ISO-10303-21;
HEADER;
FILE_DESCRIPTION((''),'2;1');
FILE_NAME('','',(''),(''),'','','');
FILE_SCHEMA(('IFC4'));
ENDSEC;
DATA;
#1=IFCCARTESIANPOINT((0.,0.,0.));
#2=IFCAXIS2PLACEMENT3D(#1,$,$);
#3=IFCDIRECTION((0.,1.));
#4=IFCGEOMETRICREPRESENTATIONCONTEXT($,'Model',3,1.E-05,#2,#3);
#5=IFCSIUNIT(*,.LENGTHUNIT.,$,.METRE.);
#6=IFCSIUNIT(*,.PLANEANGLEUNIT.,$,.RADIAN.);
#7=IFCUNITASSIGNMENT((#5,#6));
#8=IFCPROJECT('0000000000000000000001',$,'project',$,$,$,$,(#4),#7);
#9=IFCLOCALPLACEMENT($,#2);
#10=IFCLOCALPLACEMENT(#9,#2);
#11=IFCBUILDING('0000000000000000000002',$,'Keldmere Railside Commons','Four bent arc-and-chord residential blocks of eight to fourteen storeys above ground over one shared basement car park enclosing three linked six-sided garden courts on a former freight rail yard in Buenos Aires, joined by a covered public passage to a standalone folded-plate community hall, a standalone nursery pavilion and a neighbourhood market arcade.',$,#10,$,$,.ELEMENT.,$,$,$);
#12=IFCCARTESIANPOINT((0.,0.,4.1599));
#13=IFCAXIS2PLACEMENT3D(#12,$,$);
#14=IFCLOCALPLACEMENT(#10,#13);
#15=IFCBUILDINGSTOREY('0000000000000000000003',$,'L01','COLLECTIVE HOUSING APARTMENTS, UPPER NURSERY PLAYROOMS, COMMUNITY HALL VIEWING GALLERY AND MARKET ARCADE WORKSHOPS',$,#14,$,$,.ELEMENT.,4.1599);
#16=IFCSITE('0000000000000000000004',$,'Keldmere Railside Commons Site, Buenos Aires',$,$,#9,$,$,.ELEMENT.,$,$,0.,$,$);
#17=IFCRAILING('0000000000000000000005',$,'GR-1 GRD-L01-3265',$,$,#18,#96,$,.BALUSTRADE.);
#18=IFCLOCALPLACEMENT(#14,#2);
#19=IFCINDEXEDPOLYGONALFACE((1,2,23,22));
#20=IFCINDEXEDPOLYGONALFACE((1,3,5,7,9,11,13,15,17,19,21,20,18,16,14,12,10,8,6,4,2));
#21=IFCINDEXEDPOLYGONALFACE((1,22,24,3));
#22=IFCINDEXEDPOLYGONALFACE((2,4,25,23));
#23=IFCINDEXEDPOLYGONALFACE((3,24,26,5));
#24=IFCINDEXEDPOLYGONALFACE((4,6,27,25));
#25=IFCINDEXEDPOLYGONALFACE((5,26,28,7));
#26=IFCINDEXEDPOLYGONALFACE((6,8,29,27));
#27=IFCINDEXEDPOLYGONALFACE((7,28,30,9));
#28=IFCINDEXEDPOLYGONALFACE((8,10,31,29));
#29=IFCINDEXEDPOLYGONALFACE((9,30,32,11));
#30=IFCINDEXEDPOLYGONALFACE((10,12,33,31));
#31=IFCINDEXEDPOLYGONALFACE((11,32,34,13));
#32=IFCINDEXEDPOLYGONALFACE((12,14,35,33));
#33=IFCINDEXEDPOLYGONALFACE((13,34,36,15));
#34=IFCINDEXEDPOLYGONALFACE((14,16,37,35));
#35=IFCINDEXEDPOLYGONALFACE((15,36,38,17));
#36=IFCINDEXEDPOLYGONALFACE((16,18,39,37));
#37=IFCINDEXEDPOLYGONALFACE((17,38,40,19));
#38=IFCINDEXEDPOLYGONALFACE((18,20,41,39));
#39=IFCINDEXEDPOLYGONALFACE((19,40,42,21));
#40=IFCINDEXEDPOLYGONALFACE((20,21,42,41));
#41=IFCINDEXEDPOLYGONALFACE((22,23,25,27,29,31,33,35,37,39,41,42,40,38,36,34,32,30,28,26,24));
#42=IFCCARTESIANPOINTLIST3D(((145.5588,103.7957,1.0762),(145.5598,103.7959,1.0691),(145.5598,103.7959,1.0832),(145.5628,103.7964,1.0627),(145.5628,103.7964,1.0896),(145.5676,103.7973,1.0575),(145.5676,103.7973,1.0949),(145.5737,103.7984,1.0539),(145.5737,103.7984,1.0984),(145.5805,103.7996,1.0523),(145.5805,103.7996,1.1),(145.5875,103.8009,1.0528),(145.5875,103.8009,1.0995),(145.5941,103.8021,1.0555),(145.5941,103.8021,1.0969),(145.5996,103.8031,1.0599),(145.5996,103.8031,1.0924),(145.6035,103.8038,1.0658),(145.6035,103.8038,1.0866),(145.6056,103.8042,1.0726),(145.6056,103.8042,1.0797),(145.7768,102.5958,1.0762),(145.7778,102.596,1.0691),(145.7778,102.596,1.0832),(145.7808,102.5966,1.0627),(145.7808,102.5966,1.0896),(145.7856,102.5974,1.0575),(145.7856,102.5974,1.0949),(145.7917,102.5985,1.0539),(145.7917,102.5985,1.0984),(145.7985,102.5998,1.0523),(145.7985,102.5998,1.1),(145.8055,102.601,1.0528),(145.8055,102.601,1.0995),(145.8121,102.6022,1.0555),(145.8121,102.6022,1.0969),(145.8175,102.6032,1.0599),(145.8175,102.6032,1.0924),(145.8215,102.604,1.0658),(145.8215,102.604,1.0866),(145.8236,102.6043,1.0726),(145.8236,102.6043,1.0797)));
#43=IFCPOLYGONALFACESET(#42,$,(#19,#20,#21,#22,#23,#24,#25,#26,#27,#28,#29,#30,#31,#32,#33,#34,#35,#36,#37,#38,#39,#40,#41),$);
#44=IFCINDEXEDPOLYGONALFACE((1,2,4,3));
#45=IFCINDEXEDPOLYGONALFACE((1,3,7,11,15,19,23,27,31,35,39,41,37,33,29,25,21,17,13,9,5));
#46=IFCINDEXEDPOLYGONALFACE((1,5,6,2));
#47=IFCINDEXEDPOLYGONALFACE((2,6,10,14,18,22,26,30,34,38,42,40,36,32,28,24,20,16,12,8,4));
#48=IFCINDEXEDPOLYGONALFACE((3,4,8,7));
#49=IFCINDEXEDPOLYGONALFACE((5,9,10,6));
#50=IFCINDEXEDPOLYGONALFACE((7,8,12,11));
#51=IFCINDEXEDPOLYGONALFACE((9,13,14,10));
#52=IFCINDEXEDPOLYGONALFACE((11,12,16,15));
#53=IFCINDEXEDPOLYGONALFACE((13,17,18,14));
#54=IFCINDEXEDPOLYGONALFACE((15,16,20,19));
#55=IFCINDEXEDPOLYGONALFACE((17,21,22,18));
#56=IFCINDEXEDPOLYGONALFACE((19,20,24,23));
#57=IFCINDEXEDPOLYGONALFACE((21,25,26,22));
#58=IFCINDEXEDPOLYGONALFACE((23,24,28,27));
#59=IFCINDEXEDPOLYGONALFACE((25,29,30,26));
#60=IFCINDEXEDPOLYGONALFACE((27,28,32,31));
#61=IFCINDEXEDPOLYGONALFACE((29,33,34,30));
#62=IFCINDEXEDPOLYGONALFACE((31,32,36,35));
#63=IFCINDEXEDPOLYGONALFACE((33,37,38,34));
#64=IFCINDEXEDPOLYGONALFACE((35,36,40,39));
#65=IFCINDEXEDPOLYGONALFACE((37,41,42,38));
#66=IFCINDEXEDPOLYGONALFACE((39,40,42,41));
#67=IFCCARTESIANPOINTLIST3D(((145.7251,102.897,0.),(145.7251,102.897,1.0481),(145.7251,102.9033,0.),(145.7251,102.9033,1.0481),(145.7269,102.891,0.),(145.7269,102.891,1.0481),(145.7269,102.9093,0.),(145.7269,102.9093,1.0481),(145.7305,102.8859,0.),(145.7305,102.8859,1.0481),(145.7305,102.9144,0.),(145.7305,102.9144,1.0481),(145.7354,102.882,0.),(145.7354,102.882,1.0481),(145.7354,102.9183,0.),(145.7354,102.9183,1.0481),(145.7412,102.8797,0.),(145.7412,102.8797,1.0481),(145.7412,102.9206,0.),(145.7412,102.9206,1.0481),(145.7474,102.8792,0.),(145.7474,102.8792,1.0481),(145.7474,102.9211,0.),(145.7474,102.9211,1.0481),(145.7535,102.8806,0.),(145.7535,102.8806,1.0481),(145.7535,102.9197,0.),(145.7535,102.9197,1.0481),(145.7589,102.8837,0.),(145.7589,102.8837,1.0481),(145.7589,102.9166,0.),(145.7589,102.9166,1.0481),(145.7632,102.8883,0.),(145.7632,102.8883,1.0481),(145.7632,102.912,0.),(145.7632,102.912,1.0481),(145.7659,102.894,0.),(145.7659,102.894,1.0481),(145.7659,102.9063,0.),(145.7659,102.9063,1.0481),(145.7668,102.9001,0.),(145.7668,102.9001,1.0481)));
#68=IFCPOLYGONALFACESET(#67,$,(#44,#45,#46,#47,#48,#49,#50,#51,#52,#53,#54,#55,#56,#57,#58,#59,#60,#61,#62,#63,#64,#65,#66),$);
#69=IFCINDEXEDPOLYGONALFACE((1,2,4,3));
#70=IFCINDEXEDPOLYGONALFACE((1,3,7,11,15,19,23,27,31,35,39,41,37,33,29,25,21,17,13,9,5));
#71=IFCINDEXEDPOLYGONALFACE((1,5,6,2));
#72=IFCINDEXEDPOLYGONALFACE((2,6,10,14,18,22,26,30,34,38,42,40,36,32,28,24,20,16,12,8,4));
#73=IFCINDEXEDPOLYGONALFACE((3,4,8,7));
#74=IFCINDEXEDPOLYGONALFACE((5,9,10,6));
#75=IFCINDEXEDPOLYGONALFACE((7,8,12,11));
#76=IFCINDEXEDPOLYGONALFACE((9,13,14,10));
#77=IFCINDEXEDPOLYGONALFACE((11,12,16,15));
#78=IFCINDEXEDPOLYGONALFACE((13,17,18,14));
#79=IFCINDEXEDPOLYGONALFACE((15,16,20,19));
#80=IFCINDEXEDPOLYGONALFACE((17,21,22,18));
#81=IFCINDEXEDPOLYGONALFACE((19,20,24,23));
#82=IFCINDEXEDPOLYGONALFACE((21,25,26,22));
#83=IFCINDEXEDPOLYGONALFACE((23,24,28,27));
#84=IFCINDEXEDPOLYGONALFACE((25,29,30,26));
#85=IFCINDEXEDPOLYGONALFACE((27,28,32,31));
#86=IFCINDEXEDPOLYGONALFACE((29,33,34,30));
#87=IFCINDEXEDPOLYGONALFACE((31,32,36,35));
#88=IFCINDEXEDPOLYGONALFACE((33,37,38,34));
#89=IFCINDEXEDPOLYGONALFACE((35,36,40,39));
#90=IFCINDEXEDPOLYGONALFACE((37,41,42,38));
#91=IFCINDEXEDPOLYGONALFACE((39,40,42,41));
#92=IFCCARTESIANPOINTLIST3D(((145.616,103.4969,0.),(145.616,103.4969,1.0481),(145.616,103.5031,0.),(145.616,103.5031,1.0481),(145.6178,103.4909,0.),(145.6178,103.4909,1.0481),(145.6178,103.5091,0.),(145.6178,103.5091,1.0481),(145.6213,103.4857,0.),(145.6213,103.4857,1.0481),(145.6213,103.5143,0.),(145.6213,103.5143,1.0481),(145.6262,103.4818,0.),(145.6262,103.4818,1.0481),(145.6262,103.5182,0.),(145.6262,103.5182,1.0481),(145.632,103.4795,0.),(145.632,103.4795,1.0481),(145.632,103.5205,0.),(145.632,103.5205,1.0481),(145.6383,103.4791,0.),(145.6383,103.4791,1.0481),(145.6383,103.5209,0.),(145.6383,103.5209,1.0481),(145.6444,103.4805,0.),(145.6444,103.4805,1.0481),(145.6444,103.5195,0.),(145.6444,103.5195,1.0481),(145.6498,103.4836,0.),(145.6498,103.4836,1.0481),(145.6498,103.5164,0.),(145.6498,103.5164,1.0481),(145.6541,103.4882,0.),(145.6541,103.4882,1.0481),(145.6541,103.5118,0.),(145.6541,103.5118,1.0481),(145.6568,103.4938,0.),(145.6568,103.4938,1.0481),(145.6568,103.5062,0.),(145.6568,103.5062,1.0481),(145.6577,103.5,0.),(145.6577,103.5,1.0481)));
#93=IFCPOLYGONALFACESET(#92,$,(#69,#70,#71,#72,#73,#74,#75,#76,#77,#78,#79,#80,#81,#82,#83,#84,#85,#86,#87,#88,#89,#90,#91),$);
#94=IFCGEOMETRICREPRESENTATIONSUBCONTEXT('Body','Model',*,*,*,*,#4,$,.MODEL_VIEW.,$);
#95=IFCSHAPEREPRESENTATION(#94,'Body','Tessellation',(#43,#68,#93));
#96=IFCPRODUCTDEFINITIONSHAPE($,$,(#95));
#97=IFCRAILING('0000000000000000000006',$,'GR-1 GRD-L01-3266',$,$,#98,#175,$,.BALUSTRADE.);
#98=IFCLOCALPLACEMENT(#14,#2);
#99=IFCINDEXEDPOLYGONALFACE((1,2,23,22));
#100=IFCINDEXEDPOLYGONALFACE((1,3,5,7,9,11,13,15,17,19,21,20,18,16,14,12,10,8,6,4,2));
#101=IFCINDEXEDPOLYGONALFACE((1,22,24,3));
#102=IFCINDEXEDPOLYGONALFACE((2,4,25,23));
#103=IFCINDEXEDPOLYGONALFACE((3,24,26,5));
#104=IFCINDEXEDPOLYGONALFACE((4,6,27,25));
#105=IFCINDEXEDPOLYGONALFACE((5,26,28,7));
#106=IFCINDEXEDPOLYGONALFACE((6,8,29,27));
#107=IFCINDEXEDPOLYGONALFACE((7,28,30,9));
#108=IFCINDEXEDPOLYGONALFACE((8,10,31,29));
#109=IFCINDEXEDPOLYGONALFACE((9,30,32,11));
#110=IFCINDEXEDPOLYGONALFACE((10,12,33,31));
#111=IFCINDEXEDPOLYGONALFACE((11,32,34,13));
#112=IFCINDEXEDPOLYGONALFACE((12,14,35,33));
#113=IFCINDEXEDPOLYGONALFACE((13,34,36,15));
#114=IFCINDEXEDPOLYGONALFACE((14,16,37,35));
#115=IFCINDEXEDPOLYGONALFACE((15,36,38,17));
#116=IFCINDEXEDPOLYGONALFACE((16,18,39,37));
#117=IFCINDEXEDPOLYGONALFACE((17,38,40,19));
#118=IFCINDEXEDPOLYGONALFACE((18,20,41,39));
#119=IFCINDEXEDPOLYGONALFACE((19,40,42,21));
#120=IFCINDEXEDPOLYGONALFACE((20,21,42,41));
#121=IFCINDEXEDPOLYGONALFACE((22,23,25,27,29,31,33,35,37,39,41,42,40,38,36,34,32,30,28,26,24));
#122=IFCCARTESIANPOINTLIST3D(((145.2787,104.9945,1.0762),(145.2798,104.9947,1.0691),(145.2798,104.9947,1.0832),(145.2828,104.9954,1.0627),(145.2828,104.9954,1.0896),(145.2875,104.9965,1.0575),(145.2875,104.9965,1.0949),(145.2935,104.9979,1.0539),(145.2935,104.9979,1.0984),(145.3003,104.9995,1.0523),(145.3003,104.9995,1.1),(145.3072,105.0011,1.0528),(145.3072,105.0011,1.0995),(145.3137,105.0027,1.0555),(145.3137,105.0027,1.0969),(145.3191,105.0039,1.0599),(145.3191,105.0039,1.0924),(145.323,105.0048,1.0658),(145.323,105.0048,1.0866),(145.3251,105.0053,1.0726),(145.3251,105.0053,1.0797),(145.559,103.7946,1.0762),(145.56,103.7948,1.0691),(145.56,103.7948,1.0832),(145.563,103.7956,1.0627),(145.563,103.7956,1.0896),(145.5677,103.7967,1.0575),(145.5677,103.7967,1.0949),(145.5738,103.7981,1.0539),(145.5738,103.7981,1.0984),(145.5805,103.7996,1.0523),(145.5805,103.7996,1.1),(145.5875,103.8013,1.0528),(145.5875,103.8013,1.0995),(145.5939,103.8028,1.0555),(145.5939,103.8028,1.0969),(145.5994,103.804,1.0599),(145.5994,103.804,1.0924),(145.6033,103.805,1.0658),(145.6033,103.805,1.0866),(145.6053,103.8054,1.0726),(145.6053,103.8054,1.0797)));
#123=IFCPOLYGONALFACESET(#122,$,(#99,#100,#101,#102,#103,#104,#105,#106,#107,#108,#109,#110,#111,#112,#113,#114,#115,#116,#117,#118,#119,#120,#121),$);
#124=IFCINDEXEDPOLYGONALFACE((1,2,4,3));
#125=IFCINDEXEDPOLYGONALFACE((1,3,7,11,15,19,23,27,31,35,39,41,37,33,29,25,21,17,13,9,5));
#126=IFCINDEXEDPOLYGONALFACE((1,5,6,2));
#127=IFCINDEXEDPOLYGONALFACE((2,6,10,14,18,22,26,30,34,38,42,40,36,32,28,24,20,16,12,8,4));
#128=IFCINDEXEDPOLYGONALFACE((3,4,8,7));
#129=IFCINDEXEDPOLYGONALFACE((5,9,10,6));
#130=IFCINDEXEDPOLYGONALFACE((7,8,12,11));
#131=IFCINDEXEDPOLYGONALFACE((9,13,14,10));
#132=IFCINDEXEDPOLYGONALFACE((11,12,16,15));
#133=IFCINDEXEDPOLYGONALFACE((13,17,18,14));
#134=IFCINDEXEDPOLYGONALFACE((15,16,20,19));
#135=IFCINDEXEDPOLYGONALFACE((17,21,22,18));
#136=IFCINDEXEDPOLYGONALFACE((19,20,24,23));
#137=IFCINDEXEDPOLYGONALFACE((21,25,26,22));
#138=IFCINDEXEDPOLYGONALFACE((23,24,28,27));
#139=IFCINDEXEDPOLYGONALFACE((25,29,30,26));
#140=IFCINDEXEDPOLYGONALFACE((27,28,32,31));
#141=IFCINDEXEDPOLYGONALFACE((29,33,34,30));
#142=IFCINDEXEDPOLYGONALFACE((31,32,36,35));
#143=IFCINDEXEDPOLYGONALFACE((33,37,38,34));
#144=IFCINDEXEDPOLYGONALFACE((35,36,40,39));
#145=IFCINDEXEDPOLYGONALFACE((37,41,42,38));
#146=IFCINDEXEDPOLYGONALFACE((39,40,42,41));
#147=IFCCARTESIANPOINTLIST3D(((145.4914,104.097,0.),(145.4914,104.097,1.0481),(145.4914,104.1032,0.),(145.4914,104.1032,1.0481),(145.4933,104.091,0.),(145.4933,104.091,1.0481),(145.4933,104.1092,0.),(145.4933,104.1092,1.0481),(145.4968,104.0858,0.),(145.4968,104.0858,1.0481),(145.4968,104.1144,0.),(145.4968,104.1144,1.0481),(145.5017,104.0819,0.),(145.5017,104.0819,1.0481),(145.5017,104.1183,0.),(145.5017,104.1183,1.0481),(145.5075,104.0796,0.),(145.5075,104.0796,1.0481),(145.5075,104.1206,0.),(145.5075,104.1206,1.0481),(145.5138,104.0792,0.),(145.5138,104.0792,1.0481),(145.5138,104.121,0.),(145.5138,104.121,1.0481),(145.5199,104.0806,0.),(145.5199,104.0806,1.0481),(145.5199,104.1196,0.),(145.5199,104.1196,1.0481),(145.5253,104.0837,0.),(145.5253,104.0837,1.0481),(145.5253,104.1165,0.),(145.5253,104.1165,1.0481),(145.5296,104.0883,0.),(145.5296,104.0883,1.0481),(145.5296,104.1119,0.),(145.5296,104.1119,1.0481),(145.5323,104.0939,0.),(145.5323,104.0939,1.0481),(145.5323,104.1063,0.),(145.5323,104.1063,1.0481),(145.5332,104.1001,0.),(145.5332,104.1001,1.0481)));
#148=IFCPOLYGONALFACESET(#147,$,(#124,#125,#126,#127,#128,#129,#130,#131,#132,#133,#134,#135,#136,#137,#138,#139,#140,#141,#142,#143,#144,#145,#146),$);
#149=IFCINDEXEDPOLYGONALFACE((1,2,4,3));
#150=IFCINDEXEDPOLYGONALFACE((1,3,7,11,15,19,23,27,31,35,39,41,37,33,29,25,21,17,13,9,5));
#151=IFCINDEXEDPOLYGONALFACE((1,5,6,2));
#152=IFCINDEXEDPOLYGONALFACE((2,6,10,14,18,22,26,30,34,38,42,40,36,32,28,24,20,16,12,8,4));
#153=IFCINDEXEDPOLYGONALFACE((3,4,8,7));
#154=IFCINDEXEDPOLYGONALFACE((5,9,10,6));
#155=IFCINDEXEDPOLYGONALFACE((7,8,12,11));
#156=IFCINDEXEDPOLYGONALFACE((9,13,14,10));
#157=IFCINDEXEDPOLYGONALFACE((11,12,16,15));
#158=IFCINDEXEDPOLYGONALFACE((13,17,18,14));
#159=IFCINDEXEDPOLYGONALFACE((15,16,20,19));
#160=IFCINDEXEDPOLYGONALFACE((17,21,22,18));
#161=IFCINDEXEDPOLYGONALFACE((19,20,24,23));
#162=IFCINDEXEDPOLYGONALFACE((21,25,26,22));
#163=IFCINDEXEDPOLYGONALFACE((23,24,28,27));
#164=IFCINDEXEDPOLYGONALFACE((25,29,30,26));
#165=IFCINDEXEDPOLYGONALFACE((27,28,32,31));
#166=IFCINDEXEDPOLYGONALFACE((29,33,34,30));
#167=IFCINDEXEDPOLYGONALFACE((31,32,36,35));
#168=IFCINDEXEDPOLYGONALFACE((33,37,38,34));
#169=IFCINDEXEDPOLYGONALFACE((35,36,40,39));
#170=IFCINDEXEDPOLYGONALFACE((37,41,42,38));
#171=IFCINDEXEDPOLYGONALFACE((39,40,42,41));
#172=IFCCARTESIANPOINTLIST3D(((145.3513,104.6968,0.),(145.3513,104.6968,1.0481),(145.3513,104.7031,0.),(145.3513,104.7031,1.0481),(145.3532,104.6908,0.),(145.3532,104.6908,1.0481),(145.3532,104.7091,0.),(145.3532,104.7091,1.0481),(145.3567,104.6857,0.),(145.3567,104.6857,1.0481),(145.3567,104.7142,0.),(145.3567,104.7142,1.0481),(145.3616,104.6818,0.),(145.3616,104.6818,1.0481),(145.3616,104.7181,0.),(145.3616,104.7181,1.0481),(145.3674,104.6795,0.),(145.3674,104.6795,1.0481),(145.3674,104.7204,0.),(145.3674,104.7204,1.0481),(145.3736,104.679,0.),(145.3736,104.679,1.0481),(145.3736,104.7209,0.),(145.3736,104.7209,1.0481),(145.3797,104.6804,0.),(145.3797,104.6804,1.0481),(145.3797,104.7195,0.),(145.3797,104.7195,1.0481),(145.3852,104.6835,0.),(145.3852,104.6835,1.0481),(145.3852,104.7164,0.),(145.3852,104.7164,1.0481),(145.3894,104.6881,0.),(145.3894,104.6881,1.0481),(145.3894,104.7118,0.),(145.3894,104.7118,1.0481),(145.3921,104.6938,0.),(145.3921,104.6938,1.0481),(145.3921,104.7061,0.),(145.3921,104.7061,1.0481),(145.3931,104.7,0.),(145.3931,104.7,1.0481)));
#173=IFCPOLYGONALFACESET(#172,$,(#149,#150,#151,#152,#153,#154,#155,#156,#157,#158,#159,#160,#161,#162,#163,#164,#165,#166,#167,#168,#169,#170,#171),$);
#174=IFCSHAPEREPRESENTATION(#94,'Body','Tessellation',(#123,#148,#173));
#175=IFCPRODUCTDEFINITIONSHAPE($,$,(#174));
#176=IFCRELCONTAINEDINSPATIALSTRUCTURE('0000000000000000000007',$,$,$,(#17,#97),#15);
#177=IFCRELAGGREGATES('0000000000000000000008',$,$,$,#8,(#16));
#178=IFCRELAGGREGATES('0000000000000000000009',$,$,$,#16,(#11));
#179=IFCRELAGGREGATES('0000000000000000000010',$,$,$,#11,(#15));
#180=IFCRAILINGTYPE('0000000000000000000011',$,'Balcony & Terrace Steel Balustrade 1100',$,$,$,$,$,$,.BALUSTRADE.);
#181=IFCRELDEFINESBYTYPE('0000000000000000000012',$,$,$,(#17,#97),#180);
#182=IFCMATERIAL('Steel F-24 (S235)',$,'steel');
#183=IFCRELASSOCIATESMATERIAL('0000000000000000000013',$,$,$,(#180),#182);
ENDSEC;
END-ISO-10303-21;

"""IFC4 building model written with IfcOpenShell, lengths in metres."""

from ifc_helpers import new_model, si_unit, direction, frame, origin, origin_2d, place, context, subcontext, project, spatial, circle, extrude, material, type_object, element, save


model = new_model("IFC4")

# Units and contexts
model_context = context("Model", 3, precision=1e-05, world=origin(), true_north=direction((0.0, 1.0)))
body_context = subcontext(model_context, "Body", "Model", "MODEL_VIEW")
ifc_project = project(units=[si_unit("LENGTHUNIT", "METRE"), si_unit("PLANEANGLEUNIT", "RADIAN")], contexts=[model_context])

# Site, building, storey
site_placement = place(None, origin())
site = spatial("IfcSite", under=ifc_project, at=site_placement, Name="Keldmere Railside Commons Site, Buenos Aires", CompositionType="ELEMENT", RefElevation=0.0)
building_placement = place(site_placement, origin())
building = spatial("IfcBuilding", under=site, at=building_placement, Name="Keldmere Railside Commons", Description="Four bent arc-and-chord residential blocks of eight to fourteen storeys above ground over one shared basement car park enclosing three linked six-sided garden courts on a former freight rail yard in Buenos Aires, joined by a covered public passage to a standalone folded-plate community hall, a standalone nursery pavilion and a neighbourhood market arcade.", CompositionType="ELEMENT")
storey_placement = place(building_placement, frame((0.0, 0.0, 4.1599)))
storey = spatial("IfcBuildingStorey", under=building, at=storey_placement, Name="L01", Description="COLLECTIVE HOUSING APARTMENTS, UPPER NURSERY PLAYROOMS, COMMUNITY HALL VIEWING GALLERY AND MARKET ARCADE WORKSHOPS", CompositionType="ELEMENT", Elevation=4.1599)

# Railings
ifc_material_1 = material(Name="Steel F-24 (S235)", Category="steel")
railing_type_1 = type_object("IfcRailingType", Name="Balcony & Terrace Steel Balustrade 1100", PredefinedType="BALUSTRADE", material=ifc_material_1)
railing_1_placement = place(storey_placement, frame((145.8003, 102.6001, 0.0)))
element("IfcRailing", 1, at=railing_1_placement, inside=storey, type_object=railing_type_1, Name="GR-1 GRD-L01-3265", PredefinedType="BALUSTRADE", context=body_context, shape_type="SweptSolid", body=[
    extrude(circle(Radius=0.0239, at=origin_2d()), frame((0.0, 0.0, 1.0762), z_axis=(-0.178762, 0.983892, 0.0), x_axis=(-0.983892, -0.178762, 0.0)), (0.0, 0.0, 1.0), 1.2195),
    extrude(circle(Radius=0.021, at=origin_2d()), frame((-0.0544, 0.3, 0.0)), (0.0, 0.0, 1.0), 1.0481),
    extrude(circle(Radius=0.021, at=origin_2d()), frame((-0.1636, 0.8999, 0.0)), (0.0, 0.0, 1.0), 1.0481),
])
railing_2_placement = place(storey_placement, frame((145.5823, 103.8, 0.0)))
element("IfcRailing", 2, at=railing_2_placement, inside=storey, type_object=railing_type_1, Name="GR-1 GRD-L01-3266", PredefinedType="BALUSTRADE", context=body_context, shape_type="SweptSolid", body=[
    extrude(circle(Radius=0.0239, at=origin_2d()), frame((0.0, 0.0, 1.0762), z_axis=(-0.227449, 0.97379, 0.0), x_axis=(-0.97379, -0.227449, 0.0)), (0.0, 0.0, 1.0), 1.2322),
    extrude(circle(Radius=0.021, at=origin_2d()), frame((-0.0701, 0.3, 0.0)), (0.0, 0.0, 1.0), 1.0481),
    extrude(circle(Radius=0.021, at=origin_2d()), frame((-0.2102, 0.8999, 0.0)), (0.0, 0.0, 1.0), 1.0481),
])

save(model, "model.ifc")
